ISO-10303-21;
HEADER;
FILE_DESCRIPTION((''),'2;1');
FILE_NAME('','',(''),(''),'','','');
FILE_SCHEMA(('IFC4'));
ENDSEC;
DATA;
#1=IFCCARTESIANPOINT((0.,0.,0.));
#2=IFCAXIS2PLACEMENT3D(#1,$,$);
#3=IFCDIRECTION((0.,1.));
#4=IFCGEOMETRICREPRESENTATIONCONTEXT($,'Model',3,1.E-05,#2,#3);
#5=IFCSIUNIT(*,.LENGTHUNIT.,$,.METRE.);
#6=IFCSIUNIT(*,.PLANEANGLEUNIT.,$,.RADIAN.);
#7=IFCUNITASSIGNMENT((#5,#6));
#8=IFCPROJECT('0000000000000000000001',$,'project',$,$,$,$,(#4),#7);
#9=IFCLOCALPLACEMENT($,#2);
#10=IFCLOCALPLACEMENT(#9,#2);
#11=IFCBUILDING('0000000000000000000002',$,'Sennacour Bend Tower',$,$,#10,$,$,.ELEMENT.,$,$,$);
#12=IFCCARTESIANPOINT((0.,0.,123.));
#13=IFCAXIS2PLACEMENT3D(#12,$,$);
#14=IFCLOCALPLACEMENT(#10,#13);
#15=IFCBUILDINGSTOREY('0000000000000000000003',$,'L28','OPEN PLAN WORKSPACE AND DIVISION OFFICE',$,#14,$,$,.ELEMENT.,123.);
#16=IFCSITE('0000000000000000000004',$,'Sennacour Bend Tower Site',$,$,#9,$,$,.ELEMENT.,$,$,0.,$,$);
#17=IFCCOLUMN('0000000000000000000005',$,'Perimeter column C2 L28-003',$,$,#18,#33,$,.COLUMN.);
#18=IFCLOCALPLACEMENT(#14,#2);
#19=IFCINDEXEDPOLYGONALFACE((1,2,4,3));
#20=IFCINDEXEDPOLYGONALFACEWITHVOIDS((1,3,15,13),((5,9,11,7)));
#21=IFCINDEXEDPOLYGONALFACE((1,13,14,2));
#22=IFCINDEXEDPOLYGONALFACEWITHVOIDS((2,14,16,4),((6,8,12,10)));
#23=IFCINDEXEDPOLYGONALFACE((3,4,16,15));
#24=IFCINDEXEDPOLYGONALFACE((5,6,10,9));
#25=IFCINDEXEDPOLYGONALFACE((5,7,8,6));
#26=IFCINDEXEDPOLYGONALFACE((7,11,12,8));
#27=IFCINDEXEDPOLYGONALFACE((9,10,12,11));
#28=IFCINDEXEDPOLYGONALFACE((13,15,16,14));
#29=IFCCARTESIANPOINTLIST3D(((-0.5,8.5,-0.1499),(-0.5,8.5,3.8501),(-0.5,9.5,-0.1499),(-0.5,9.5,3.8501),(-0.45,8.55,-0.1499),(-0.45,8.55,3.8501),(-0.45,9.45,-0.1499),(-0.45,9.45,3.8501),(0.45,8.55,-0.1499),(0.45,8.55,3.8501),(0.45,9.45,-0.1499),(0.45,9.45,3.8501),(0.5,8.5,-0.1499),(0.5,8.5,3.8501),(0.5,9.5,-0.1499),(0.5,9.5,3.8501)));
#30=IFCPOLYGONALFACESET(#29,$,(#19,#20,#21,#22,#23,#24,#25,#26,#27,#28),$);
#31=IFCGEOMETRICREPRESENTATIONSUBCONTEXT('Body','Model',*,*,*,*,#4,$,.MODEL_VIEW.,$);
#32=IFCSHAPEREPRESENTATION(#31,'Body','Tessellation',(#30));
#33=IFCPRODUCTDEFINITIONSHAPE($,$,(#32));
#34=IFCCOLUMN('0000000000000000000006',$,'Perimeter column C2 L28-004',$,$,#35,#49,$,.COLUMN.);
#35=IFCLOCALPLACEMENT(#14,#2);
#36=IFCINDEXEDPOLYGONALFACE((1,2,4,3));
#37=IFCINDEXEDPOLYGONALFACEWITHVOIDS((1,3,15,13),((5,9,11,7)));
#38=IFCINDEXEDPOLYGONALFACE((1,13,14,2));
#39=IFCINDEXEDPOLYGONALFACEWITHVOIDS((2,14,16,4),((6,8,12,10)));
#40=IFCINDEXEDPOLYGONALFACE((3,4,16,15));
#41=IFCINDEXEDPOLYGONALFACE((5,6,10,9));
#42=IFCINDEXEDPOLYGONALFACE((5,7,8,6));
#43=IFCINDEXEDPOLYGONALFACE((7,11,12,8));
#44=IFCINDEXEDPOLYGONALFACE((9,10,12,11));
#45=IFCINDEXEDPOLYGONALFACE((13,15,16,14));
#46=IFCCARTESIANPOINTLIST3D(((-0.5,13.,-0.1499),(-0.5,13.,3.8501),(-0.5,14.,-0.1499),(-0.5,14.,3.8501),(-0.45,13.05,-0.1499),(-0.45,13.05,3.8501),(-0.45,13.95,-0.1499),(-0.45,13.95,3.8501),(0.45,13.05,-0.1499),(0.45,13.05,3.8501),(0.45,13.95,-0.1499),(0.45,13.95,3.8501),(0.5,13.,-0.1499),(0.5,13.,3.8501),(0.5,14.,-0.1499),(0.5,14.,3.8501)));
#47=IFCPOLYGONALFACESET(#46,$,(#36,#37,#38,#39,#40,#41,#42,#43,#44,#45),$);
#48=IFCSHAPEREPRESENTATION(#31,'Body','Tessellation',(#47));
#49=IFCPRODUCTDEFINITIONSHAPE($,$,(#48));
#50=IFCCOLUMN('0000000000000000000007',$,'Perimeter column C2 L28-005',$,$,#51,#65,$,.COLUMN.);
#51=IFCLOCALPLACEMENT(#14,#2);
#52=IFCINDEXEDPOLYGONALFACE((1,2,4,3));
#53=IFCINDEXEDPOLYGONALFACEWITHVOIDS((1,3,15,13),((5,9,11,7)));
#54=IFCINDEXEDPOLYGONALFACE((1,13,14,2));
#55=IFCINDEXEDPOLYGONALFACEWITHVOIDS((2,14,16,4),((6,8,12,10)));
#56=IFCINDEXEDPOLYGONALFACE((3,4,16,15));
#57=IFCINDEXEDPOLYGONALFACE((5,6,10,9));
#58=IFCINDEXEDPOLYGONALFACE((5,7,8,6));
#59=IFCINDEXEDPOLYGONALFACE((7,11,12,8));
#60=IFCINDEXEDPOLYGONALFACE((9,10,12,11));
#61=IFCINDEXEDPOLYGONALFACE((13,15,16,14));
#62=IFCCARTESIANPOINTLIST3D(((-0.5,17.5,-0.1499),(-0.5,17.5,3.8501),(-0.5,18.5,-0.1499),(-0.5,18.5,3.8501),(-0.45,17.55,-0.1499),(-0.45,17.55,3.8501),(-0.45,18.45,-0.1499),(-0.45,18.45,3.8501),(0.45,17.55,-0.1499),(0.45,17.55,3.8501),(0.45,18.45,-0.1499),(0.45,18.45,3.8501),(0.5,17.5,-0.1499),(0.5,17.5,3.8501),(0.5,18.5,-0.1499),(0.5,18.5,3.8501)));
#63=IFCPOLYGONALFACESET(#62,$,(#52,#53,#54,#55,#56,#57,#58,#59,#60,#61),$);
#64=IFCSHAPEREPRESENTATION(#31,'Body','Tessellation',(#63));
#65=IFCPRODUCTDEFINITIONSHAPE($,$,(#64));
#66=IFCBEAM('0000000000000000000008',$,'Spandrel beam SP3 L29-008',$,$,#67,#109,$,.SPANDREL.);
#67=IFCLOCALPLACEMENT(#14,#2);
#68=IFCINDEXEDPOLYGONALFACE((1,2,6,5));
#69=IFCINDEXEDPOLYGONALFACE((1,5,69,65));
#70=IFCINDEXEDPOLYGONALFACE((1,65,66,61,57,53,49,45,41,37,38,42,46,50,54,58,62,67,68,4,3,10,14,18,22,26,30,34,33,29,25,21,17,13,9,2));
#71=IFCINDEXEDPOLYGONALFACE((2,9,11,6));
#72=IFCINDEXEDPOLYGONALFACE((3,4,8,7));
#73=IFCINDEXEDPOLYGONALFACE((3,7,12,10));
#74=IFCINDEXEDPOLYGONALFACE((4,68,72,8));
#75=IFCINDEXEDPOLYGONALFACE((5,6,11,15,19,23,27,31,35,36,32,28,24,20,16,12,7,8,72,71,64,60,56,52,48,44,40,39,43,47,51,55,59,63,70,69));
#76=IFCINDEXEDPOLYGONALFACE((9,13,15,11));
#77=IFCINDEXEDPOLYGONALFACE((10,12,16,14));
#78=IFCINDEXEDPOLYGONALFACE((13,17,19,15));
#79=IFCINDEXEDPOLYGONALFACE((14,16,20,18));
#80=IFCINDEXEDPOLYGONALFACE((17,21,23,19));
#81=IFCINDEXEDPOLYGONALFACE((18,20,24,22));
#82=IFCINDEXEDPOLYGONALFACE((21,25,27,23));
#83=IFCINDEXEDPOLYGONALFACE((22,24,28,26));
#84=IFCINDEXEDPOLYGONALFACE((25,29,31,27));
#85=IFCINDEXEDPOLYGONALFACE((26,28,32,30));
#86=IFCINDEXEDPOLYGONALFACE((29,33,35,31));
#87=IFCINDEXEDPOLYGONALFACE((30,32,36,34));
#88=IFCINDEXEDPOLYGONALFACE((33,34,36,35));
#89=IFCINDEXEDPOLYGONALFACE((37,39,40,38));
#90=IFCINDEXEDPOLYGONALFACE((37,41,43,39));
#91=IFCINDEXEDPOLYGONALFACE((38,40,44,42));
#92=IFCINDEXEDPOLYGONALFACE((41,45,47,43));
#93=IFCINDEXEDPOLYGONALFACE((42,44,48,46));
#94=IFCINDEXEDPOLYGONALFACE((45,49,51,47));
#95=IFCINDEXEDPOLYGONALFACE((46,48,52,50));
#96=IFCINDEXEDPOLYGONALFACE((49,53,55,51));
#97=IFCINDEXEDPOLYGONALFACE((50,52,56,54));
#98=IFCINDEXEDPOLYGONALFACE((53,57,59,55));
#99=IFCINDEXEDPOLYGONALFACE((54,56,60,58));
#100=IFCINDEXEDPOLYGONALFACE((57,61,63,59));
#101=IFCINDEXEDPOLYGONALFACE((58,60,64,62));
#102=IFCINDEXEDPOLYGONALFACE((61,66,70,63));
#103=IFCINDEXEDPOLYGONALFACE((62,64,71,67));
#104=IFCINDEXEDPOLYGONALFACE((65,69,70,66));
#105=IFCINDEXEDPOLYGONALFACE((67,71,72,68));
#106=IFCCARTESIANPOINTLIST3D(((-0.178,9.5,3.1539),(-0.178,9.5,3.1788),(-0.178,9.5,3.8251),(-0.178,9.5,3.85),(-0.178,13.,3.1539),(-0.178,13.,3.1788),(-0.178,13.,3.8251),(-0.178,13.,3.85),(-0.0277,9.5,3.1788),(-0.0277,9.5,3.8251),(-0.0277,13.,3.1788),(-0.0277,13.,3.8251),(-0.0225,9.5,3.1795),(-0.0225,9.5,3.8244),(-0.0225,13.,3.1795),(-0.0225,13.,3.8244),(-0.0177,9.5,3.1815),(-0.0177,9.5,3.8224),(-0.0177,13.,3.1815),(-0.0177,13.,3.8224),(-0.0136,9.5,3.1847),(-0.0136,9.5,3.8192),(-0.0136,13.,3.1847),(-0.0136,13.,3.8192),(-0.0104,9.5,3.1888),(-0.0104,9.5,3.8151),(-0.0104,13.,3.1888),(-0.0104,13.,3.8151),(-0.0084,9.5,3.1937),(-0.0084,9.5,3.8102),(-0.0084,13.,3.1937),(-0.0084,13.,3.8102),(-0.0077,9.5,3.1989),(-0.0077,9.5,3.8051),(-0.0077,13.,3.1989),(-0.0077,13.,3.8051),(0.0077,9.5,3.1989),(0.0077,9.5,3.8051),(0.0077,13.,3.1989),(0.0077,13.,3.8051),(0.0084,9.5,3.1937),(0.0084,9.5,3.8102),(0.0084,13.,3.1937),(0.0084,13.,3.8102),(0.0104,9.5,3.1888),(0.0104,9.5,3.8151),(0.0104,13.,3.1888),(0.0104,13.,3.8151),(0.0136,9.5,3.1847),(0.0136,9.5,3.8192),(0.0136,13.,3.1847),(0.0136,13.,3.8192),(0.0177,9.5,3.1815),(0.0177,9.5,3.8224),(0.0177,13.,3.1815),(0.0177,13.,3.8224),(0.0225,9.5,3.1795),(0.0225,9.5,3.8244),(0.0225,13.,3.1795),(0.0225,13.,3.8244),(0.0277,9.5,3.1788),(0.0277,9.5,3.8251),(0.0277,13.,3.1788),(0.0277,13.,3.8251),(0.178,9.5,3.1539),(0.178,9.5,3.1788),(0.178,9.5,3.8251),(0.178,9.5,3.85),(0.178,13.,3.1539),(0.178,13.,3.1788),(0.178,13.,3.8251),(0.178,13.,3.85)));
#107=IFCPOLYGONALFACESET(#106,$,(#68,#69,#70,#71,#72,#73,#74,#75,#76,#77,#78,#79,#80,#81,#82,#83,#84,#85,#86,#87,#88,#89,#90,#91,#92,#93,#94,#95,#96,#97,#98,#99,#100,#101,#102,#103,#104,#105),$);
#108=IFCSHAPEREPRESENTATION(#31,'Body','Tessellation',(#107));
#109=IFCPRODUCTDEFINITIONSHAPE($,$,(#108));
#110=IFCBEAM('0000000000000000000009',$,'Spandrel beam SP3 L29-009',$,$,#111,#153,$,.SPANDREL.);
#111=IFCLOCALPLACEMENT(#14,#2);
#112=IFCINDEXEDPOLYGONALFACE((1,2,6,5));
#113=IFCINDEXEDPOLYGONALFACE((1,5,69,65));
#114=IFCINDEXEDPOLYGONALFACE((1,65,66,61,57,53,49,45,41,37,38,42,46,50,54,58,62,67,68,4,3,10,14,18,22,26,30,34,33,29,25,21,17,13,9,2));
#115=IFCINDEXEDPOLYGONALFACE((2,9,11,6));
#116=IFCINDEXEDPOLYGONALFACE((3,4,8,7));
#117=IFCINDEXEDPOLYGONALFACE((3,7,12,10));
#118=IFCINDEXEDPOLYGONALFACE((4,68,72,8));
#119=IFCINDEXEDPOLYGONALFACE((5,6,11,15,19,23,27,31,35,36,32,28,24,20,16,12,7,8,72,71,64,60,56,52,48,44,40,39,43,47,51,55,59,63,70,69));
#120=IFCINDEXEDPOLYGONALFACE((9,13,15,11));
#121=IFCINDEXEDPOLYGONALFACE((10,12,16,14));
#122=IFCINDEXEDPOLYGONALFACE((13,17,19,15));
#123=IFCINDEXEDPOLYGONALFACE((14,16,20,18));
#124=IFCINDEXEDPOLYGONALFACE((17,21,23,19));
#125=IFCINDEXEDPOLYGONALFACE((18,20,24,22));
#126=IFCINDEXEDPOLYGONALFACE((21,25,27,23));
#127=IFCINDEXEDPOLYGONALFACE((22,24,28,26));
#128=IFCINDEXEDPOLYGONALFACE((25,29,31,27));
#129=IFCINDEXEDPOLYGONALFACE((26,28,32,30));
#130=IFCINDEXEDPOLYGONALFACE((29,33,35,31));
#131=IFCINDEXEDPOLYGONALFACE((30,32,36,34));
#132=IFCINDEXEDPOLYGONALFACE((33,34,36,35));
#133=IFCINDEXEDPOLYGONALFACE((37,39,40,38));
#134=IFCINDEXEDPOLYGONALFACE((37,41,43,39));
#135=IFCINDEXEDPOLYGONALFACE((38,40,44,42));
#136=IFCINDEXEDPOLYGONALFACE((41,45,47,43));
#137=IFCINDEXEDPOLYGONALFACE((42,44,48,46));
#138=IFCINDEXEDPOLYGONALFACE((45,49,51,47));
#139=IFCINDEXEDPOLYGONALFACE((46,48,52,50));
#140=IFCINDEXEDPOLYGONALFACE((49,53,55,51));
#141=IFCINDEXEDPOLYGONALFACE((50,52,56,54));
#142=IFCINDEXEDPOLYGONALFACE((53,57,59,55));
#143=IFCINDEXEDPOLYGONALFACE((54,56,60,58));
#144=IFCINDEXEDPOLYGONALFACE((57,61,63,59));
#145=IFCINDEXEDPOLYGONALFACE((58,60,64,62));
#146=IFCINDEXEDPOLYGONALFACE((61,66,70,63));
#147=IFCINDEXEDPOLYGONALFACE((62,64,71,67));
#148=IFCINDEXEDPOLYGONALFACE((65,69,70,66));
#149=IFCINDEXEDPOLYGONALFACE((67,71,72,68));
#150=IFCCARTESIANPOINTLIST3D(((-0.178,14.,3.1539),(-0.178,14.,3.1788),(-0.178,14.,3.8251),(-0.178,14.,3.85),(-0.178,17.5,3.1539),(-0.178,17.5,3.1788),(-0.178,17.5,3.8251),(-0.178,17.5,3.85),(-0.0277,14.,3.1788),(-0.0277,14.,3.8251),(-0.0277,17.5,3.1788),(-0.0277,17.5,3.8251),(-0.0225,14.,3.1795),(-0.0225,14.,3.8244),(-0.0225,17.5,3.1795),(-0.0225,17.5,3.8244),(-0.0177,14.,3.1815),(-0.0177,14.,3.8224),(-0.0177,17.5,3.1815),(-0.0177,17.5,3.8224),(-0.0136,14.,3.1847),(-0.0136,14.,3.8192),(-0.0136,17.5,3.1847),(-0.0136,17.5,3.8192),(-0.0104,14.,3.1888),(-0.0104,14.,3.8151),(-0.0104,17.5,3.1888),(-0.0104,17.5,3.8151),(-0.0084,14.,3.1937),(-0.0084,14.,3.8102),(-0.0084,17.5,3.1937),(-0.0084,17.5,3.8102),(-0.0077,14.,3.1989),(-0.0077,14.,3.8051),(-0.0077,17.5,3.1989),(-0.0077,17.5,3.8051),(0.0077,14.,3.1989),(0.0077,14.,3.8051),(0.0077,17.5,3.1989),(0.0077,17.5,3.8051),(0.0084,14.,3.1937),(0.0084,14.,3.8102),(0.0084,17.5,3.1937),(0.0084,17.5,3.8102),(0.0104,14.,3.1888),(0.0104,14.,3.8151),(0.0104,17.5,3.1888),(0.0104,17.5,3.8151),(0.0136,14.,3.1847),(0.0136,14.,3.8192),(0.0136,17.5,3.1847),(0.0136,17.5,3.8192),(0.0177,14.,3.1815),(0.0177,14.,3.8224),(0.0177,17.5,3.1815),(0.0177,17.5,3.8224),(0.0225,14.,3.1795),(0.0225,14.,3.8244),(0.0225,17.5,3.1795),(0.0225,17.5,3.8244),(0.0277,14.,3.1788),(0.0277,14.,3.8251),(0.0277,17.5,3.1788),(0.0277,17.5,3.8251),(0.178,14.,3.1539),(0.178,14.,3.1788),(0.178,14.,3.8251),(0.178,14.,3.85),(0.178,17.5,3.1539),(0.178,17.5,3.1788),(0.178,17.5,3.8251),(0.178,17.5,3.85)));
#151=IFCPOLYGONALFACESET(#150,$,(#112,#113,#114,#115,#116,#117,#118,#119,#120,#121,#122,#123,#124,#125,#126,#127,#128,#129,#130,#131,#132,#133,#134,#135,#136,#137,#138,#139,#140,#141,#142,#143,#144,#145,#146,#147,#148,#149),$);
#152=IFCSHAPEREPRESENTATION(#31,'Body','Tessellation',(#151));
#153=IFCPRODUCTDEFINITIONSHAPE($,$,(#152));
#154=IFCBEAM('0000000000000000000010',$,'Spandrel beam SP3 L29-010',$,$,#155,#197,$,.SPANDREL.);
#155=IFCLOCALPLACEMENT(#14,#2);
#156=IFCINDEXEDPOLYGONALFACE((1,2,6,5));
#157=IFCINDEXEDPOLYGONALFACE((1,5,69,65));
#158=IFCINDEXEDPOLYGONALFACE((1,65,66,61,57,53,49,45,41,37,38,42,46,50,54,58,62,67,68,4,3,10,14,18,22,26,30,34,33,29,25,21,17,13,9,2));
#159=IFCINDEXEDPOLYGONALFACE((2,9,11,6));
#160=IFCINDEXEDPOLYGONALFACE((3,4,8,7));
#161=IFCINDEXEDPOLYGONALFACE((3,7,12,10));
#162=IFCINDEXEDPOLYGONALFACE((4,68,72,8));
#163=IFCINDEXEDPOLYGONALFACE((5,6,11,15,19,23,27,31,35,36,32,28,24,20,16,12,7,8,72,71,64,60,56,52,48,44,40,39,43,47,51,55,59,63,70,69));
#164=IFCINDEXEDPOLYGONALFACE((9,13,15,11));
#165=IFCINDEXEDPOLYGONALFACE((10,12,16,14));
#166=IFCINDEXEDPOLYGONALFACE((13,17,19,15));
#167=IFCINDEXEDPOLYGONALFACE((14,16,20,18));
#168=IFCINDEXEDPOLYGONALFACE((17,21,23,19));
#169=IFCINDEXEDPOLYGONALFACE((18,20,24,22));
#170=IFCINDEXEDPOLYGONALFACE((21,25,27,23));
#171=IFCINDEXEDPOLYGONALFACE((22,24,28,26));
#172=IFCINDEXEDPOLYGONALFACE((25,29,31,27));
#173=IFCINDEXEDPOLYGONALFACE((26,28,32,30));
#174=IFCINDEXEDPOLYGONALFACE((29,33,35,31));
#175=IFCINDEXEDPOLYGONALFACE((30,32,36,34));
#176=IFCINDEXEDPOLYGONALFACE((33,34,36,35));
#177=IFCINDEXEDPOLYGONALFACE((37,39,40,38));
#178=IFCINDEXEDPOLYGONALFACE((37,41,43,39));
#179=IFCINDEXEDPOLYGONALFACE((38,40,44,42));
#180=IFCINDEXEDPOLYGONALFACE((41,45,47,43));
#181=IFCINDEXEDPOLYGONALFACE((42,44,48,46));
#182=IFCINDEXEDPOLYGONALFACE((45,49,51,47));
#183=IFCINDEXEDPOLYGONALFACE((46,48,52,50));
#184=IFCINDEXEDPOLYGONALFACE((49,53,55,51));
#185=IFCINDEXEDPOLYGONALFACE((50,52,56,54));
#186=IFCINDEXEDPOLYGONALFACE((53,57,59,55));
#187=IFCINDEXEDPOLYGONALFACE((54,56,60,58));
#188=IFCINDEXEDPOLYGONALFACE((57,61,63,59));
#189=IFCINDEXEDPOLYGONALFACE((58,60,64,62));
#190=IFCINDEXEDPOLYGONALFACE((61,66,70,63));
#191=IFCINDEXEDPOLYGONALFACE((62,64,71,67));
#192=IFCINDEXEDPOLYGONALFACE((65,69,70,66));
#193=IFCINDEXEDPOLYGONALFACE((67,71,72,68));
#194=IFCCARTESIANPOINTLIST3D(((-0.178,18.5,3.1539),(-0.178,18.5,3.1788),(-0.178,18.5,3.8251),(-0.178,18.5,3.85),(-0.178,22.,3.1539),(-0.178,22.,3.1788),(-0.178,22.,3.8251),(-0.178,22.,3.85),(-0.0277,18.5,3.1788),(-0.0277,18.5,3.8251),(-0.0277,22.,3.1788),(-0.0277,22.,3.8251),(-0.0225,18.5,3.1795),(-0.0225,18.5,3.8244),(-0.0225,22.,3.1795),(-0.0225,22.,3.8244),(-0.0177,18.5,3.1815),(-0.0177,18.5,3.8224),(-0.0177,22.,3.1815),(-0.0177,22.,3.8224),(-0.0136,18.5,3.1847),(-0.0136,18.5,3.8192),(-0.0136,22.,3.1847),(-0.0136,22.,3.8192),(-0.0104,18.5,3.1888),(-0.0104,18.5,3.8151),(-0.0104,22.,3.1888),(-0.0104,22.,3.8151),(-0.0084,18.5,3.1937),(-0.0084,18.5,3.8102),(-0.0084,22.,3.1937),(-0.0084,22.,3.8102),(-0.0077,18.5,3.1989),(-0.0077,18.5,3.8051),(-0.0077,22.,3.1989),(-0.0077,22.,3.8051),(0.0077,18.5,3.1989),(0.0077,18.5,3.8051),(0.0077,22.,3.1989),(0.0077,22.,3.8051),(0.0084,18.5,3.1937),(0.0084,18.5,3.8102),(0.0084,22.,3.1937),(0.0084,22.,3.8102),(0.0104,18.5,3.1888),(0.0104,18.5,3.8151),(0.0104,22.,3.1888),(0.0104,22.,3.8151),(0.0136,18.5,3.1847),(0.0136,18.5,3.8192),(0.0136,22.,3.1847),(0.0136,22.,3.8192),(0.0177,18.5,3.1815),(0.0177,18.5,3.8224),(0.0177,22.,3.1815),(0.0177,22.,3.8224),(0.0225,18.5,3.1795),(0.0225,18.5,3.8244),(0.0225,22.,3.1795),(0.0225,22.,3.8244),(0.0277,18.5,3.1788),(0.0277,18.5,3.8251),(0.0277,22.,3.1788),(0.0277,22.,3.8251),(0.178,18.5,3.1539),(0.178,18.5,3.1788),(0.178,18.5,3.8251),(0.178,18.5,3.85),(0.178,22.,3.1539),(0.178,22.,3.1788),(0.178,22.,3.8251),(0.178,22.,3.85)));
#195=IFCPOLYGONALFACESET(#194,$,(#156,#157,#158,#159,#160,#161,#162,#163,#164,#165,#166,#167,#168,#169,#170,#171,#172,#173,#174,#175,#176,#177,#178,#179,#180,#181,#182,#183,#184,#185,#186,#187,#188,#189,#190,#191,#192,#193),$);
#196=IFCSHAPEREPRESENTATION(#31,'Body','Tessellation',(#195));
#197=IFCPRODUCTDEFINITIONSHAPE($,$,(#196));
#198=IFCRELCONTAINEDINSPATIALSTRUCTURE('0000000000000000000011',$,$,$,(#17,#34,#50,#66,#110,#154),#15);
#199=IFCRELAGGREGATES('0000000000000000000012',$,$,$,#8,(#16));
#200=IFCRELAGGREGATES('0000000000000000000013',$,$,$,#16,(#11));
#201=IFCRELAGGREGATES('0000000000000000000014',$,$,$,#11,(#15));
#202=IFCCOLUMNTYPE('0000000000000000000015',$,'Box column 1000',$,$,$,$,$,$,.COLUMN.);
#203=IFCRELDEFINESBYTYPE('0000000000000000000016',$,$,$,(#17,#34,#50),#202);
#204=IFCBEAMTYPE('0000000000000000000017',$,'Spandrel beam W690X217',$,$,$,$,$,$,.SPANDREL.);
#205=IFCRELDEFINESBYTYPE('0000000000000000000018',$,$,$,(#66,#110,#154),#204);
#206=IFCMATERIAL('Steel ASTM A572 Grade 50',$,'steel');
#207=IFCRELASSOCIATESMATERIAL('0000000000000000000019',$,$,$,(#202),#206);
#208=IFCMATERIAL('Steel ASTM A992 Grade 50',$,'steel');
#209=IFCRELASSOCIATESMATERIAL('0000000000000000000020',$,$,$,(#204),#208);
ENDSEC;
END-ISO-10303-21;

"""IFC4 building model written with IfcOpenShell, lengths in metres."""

from ifc_helpers import new_model, si_unit, direction, frame, origin, origin_2d, place, context, subcontext, project, spatial, hollow_rectangle, i_section, extrude, material, material_profile, profile_set, type_object, element, save


model = new_model("IFC4")

# Units and contexts
model_context = context("Model", 3, precision=1e-05, world=origin(), true_north=direction((0.0, 1.0)))
body_context = subcontext(model_context, "Body", "Model", "MODEL_VIEW")
ifc_project = project(units=[si_unit("LENGTHUNIT", "METRE"), si_unit("PLANEANGLEUNIT", "RADIAN")], contexts=[model_context])

# Site, building, storey
site_placement = place(None, origin())
site = spatial("IfcSite", under=ifc_project, at=site_placement, Name="Sennacour Bend Tower Site", CompositionType="ELEMENT", RefElevation=0.0)
building_placement = place(site_placement, origin())
building = spatial("IfcBuilding", under=site, at=building_placement, Name="Sennacour Bend Tower", CompositionType="ELEMENT")
storey_placement = place(building_placement, frame((0.0, 0.0, 123.0)))
storey = spatial("IfcBuildingStorey", under=building, at=storey_placement, Name="L28", Description="OPEN PLAN WORKSPACE AND DIVISION OFFICE", CompositionType="ELEMENT", Elevation=123.0)

# Columns
ifc_material_1 = material(Name="Steel ASTM A572 Grade 50", Category="steel")
ifc_material_profile_1 = material_profile(ifc_material_1, hollow_rectangle(XDim=1.0, YDim=1.0, WallThickness=0.05, at=origin_2d()), Name="Steel ASTM A572 Grade 50", Category="steel")
ifc_profile_set_1 = profile_set([ifc_material_profile_1], Name="Steel ASTM A572 Grade 50")
column_type = type_object("IfcColumnType", Name="Box column 1000", PredefinedType="COLUMN", material=ifc_profile_set_1)
for number, where, z_axis, x_axis, name in (
    (1, (0.0, 9.0, -0.1499), (0.0, 0.0, 1.0), (1.0, 0.0, 0.0), "Perimeter column C2 L28-003"),
    (2, (0.0, 13.5, -0.1499), (0.0, 0.0, 1.0), (1.0, 0.0, 0.0), "Perimeter column C2 L28-004"),
    (3, (0.0, 18.0, -0.1499), (0.0, 0.0, 1.0), (1.0, 0.0, 0.0), "Perimeter column C2 L28-005"),
):
    element("IfcColumn", number, at=place(storey_placement, frame(where, z_axis=z_axis, x_axis=x_axis)), inside=storey, type_object=column_type, Name=name, PredefinedType="COLUMN", context=body_context, shape_type="SweptSolid", body=[
        extrude(hollow_rectangle(XDim=1.0, YDim=1.0, WallThickness=0.05, at=origin_2d()), origin(), (0.0, 0.0, 1.0), 4.0),
    ])

# Beams
ifc_material_2 = material(Name="Steel ASTM A992 Grade 50", Category="steel")
ifc_material_profile_2 = material_profile(ifc_material_2, i_section(OverallWidth=0.356, OverallDepth=0.696, WebThickness=0.0154, FlangeThickness=0.0249, FilletRadius=0.02, at=origin_2d()), Name="Steel ASTM A992 Grade 50", Category="steel")
ifc_profile_set_2 = profile_set([ifc_material_profile_2], Name="Steel ASTM A992 Grade 50")
beam_type = type_object("IfcBeamType", Name="Spandrel beam W690X217", PredefinedType="SPANDREL", material=ifc_profile_set_2)
for number, where, z_axis, x_axis, name in (
    (4, (0.0, 9.5, 3.502), (0.0, 1.0, 0.0), (-1.0, 0.0, 0.0), "Spandrel beam SP3 L29-008"),
    (5, (0.0, 14.0, 3.502), (0.0, 1.0, 0.0), (-1.0, 0.0, 0.0), "Spandrel beam SP3 L29-009"),
    (6, (0.0, 18.5, 3.502), (0.0, 1.0, 0.0), (-1.0, 0.0, 0.0), "Spandrel beam SP3 L29-010"),
):
    element("IfcBeam", number, at=place(storey_placement, frame(where, z_axis=z_axis, x_axis=x_axis)), inside=storey, type_object=beam_type, Name=name, PredefinedType="SPANDREL", context=body_context, shape_type="SweptSolid", body=[
        extrude(i_section(OverallWidth=0.356, OverallDepth=0.696, WebThickness=0.0154, FlangeThickness=0.0249, FilletRadius=0.02, at=origin_2d()), origin(), (0.0, 0.0, 1.0), 3.5),
    ])

save(model, "model.ifc")
